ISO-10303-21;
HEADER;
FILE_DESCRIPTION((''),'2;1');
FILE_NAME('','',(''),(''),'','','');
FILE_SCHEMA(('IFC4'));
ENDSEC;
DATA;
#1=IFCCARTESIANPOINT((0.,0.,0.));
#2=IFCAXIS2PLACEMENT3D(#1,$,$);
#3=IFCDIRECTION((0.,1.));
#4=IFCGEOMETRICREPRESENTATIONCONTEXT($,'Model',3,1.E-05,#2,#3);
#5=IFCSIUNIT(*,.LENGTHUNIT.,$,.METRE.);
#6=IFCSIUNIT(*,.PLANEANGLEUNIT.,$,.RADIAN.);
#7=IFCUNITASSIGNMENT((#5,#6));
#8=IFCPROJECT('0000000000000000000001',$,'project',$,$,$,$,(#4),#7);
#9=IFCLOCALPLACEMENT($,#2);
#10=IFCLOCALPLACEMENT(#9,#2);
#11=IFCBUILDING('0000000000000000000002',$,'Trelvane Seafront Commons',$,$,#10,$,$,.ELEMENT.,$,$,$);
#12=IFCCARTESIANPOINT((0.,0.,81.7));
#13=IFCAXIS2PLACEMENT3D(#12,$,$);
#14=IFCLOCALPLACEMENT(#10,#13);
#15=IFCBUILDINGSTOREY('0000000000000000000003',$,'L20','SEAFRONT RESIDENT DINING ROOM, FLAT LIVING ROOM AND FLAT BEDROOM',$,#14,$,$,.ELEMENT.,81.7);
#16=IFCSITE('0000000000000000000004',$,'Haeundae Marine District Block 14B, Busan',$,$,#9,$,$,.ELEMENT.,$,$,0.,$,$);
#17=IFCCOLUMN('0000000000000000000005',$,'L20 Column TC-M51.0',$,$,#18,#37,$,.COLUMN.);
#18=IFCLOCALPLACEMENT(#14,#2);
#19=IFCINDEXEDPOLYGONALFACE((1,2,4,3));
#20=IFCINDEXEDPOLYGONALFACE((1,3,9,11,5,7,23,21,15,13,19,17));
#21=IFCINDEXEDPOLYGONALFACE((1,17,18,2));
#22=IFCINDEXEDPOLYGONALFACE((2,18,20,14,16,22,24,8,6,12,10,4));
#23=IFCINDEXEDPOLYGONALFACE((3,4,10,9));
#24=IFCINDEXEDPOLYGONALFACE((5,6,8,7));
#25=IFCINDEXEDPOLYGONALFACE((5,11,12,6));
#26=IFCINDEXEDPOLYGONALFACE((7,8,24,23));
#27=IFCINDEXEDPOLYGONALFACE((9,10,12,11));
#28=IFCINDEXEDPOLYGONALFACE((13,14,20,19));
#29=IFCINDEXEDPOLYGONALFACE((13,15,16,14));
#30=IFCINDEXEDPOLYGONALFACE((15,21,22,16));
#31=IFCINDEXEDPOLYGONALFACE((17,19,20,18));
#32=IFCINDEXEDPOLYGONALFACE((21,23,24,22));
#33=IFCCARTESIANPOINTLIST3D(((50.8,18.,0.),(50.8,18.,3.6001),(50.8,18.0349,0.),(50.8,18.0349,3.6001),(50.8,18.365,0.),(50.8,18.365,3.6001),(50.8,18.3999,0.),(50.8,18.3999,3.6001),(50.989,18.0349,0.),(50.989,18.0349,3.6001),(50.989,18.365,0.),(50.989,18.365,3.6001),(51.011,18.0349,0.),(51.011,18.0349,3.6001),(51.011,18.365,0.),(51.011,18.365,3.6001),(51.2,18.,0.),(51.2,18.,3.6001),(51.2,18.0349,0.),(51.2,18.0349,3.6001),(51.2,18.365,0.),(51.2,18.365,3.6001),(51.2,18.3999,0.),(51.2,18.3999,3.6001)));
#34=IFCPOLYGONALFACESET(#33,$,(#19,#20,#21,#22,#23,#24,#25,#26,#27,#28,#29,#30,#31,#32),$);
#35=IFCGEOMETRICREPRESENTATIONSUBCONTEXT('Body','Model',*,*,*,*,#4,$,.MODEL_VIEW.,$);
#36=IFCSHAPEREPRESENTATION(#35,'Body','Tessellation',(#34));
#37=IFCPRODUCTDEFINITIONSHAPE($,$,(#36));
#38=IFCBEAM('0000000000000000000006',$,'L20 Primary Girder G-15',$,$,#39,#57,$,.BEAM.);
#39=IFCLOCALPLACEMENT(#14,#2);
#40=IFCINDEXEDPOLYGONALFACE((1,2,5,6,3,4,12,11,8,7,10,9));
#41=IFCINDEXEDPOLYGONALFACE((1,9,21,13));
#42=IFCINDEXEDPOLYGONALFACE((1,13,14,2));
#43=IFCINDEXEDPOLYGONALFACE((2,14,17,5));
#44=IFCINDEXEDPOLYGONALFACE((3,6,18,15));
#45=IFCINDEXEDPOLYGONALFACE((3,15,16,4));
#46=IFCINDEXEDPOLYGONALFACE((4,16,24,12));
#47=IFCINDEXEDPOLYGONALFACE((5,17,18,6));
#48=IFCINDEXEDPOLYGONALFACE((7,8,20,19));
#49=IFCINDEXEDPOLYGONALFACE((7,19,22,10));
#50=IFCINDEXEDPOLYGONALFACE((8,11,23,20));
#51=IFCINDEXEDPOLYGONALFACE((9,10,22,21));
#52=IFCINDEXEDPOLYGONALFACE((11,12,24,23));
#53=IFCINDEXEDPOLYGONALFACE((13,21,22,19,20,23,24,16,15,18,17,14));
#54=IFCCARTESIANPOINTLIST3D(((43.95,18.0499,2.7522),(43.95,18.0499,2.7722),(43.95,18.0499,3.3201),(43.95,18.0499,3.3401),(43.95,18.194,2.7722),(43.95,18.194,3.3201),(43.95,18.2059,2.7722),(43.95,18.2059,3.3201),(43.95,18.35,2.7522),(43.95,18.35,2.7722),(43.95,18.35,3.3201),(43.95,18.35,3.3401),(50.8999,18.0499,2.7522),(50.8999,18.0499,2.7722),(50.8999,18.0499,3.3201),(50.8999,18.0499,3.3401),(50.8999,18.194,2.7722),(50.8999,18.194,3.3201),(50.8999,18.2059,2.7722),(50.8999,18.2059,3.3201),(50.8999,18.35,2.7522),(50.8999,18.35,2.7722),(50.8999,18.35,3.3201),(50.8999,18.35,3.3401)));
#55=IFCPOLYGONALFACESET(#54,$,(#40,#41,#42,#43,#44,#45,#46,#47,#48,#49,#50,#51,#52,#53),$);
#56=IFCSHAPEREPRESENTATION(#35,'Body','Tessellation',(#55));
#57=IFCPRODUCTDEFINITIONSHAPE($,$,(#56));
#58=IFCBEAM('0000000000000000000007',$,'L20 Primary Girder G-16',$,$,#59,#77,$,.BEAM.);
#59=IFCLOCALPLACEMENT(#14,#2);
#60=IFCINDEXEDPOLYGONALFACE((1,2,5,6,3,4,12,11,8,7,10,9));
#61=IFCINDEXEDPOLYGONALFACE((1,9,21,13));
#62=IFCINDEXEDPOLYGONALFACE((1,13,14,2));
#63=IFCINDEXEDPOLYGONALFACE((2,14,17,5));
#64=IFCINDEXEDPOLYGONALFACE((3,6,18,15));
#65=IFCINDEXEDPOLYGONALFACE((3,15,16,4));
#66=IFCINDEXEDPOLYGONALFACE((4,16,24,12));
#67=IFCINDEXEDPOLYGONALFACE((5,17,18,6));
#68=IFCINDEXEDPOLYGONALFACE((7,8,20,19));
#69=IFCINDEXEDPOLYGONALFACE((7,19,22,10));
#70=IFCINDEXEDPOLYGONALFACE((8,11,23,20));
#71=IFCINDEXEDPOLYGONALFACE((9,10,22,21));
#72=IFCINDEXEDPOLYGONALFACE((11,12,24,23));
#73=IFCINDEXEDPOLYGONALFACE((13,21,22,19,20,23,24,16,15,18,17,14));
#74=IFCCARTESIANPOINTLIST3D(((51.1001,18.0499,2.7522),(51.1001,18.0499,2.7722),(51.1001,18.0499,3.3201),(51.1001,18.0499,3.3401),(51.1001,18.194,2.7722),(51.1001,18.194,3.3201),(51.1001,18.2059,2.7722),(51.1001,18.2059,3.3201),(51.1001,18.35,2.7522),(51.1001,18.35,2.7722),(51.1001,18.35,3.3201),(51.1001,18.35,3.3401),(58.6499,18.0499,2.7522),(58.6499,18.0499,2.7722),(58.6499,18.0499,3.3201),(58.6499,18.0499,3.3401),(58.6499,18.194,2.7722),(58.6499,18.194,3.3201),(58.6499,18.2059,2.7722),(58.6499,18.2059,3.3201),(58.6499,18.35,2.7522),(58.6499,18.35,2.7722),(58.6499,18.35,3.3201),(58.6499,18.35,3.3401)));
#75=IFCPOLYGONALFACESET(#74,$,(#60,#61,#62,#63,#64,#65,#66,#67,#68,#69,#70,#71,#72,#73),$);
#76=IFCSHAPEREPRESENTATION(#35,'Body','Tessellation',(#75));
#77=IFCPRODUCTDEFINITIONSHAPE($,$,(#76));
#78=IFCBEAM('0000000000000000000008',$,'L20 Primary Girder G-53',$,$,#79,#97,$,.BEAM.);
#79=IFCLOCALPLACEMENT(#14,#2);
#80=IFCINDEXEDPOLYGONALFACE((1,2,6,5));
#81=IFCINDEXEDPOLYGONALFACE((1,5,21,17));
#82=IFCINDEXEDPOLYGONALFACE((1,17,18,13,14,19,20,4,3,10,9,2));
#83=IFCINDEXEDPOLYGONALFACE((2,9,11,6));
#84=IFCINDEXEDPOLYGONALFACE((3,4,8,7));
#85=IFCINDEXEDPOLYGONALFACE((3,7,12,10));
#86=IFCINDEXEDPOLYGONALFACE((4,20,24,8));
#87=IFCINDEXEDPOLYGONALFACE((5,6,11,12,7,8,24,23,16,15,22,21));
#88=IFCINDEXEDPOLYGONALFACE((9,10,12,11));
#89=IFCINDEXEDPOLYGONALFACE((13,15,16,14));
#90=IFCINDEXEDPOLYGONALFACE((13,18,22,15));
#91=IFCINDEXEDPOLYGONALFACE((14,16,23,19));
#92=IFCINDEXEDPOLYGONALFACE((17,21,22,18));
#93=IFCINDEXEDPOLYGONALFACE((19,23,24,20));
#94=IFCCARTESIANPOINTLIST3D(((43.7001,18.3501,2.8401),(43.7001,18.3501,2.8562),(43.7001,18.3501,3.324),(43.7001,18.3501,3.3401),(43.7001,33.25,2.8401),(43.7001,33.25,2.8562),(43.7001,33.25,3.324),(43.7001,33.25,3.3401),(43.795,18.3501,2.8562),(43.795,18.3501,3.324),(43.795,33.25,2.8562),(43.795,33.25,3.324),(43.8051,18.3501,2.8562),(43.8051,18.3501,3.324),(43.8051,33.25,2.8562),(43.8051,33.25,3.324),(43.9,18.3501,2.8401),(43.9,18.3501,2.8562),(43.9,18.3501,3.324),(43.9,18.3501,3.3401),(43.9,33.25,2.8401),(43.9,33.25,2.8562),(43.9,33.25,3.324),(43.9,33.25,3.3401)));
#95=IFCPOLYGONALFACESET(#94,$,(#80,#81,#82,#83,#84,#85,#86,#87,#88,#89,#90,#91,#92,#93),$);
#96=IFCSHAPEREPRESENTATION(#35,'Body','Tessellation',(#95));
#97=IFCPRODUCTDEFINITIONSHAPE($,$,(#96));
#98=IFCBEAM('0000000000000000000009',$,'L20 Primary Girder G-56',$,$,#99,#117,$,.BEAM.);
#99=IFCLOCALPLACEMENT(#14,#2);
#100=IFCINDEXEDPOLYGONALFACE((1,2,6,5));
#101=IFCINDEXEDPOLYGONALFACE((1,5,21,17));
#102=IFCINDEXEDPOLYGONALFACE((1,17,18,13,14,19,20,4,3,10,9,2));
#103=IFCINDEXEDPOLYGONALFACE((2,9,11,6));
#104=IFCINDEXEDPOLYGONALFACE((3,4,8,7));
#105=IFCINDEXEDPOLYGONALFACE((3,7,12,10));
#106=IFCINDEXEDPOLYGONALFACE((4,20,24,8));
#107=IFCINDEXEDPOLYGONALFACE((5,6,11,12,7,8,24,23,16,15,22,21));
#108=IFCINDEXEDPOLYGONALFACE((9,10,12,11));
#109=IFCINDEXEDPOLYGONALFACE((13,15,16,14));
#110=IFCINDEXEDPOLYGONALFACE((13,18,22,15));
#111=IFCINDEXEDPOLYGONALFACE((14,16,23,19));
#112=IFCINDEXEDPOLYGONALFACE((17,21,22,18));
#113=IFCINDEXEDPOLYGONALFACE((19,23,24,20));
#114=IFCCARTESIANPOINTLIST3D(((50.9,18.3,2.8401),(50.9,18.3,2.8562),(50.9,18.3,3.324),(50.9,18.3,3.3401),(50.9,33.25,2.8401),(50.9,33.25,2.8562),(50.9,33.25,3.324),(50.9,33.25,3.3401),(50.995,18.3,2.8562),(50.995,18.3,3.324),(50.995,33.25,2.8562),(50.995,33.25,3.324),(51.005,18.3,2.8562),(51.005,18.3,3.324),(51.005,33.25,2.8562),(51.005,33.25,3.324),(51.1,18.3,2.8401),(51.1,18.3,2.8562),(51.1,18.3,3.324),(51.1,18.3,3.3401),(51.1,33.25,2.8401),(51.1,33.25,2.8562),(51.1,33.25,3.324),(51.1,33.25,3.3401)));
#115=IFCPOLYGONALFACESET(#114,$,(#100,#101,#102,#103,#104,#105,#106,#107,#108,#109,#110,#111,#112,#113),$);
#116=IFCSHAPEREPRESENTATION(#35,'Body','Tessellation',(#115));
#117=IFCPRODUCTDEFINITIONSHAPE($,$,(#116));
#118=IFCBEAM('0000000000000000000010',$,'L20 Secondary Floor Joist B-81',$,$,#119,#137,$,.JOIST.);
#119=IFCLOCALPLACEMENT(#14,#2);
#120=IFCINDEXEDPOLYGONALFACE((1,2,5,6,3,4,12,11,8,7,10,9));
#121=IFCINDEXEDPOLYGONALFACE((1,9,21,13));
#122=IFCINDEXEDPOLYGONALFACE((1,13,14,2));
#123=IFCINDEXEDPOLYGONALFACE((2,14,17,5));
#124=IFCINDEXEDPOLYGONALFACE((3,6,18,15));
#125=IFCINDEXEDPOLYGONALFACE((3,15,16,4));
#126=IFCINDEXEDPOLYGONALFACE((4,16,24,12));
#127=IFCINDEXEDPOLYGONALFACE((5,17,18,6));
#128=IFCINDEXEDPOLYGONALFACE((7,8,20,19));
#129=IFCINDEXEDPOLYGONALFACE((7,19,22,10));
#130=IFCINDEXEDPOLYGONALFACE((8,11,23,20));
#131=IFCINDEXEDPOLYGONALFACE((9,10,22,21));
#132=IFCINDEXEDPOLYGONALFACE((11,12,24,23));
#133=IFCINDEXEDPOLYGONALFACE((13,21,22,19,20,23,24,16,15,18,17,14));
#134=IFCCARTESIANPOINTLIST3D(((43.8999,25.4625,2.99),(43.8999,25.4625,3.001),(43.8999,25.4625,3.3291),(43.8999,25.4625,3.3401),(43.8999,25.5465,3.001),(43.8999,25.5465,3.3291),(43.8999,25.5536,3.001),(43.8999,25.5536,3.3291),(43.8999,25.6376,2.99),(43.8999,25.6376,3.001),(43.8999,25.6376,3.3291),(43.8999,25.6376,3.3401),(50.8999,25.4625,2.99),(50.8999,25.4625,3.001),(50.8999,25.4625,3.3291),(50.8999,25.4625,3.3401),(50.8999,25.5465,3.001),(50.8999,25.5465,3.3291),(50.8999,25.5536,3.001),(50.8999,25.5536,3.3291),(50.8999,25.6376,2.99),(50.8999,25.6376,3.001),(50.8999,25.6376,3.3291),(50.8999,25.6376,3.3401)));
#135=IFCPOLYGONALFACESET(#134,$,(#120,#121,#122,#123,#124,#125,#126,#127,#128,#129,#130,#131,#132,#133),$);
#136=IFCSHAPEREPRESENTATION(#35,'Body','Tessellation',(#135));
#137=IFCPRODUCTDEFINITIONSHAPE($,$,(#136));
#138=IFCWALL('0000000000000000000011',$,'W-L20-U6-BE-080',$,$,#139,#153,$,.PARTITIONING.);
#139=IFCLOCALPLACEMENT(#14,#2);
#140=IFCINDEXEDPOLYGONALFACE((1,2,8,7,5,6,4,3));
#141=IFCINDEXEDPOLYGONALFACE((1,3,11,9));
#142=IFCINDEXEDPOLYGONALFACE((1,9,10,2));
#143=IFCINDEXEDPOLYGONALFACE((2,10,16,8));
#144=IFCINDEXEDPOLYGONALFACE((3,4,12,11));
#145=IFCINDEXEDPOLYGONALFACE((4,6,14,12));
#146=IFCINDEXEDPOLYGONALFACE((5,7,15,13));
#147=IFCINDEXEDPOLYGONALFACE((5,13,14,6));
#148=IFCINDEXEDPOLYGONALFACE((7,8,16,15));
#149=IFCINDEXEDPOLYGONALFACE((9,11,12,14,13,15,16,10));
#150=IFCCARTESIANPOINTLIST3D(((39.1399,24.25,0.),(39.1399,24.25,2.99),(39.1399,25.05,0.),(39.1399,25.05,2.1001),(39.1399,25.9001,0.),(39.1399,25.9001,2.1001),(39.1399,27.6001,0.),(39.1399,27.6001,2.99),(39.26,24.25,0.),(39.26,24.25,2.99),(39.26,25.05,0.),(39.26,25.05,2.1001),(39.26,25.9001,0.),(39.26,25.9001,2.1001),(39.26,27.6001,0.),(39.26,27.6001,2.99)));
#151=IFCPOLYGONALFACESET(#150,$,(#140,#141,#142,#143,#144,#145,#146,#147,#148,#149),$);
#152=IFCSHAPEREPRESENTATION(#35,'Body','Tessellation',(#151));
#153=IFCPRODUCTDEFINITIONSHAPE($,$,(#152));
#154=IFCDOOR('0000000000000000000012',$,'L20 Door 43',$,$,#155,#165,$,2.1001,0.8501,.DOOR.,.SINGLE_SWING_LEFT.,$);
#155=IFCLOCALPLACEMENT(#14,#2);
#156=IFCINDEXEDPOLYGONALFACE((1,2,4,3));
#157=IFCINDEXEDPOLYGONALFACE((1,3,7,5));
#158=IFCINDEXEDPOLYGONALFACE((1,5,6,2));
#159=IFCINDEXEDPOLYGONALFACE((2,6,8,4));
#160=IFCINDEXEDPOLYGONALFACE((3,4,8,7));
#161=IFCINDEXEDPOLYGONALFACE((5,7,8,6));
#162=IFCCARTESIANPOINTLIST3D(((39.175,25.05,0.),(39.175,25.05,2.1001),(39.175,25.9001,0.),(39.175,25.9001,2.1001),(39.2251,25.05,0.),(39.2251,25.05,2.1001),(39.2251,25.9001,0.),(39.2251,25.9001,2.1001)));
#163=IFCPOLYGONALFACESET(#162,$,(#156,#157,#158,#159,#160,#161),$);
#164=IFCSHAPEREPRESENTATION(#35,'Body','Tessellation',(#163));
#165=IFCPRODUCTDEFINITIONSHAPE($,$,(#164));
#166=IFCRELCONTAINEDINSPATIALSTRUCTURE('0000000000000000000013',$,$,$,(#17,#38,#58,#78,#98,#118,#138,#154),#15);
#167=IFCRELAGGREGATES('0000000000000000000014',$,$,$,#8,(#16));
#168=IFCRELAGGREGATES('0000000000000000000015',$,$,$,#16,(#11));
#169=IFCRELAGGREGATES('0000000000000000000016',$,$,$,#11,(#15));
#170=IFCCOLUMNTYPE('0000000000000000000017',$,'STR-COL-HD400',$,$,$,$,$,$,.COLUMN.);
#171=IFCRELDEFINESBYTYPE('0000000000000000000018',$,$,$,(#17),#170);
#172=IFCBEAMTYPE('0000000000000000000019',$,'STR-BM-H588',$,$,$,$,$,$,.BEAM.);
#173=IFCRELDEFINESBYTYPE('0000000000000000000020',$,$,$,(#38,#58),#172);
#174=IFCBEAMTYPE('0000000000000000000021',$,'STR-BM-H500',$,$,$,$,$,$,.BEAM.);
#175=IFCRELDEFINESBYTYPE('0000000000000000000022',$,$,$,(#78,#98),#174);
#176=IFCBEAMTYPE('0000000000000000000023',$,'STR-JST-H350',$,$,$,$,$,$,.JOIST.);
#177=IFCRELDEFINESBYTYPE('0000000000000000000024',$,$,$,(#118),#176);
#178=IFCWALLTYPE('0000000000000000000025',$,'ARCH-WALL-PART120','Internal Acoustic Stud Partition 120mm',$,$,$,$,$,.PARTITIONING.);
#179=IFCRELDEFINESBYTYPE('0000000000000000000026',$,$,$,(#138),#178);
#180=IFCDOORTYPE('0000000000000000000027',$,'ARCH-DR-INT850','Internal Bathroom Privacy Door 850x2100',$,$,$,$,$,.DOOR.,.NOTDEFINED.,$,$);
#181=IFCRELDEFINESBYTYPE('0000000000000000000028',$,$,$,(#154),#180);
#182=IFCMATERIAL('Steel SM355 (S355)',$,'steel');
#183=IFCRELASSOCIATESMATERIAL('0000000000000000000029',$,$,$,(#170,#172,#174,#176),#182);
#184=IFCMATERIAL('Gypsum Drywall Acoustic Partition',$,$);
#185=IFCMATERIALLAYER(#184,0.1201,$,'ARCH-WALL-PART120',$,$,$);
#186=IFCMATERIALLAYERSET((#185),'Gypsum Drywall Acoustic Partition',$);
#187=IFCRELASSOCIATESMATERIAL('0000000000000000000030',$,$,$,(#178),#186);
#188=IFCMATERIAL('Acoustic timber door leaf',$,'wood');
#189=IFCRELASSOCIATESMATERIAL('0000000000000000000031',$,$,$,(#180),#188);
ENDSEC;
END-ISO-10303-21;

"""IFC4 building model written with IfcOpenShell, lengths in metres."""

from ifc_helpers import new_model, si_unit, direction, frame, frame_2d, origin, origin_2d, place, context, subcontext, project, spatial, rectangle, i_section, extrude, source, transform, mapped, material, layer, layer_set, material_profile, profile_set, type_object, element, fill, save


model = new_model("IFC4")

# Units and contexts
model_context = context("Model", 3, precision=1e-05, world=origin(), true_north=direction((0.0, 1.0)))
body_context = subcontext(model_context, "Body", "Model", "MODEL_VIEW")
ifc_project = project(units=[si_unit("LENGTHUNIT", "METRE"), si_unit("PLANEANGLEUNIT", "RADIAN")], contexts=[model_context])

# Site, building, storey
site_placement = place(None, origin())
site = spatial("IfcSite", under=ifc_project, at=site_placement, Name="Haeundae Marine District Block 14B, Busan", CompositionType="ELEMENT", RefElevation=0.0)
building_placement = place(site_placement, origin())
building = spatial("IfcBuilding", under=site, at=building_placement, Name="Trelvane Seafront Commons", CompositionType="ELEMENT")
storey_placement = place(building_placement, frame((0.0, 0.0, 81.7)))
storey = spatial("IfcBuildingStorey", under=building, at=storey_placement, Name="L20", Description="SEAFRONT RESIDENT DINING ROOM, FLAT LIVING ROOM AND FLAT BEDROOM", CompositionType="ELEMENT", Elevation=81.7)

# Column
ifc_material_1 = material(Name="Steel SM355 (S355)", Category="steel")
ifc_material_profile_1 = material_profile(ifc_material_1, i_section(OverallWidth=0.3999, OverallDepth=0.3999, WebThickness=0.022, FlangeThickness=0.0349, at=origin_2d()), Name="HD-400x400x22x35")
ifc_profile_set_1 = profile_set([ifc_material_profile_1], Name="Steel SM355 (S355)")
column_type = type_object("IfcColumnType", Name="STR-COL-HD400", PredefinedType="COLUMN", material=ifc_profile_set_1)
shared_shape_1 = source(origin(), body_context, "Body", "SweptSolid", [
    extrude(i_section(OverallWidth=0.3999, OverallDepth=0.3999, WebThickness=0.022, FlangeThickness=0.0349, at=origin_2d()), origin(), (0.0, 0.0, 1.0), 3.6001),
])
column_placement = place(storey_placement, frame((51.0, 18.2, 0.0), z_axis=(0.0, 0.0, 1.0), x_axis=(1.0, 0.0, 0.0)))
element("IfcColumn", 1, at=column_placement, inside=storey, type_object=column_type, Name="L20 Column TC-M51.0", PredefinedType="COLUMN", context=body_context, shape_type="MappedRepresentation", body=[
    mapped(shared_shape_1, transform((0.0, 0.0, 0.0), x_axis=(1.0, 0.0, 0.0), y_axis=(0.0, 1.0, 0.0), z_axis=(0.0, 0.0, 1.0), scale=1.0)),
])

# Beams
ifc_material_profile_2 = material_profile(ifc_material_1, i_section(OverallWidth=0.3, OverallDepth=0.5879, WebThickness=0.012, FlangeThickness=0.02, at=origin_2d()), Name="H-588x300x12x20")
ifc_profile_set_2 = profile_set([ifc_material_profile_2], Name="Steel SM355 (S355)")
beam_type_1 = type_object("IfcBeamType", Name="STR-BM-H588", PredefinedType="BEAM", material=ifc_profile_set_2)
shared_shape_2 = source(origin(), body_context, "Body", "SweptSolid", [
    extrude(i_section(OverallWidth=0.3, OverallDepth=0.5879, WebThickness=0.012, FlangeThickness=0.02, at=origin_2d()), origin(), (0.0, 0.0, 1.0), 6.95),
])
beam_1_placement = place(storey_placement, frame((43.95, 18.2, 3.0461), z_axis=(1.0, 0.0, 0.0), x_axis=(0.0, 1.0, 0.0)))
element("IfcBeam", 2, at=beam_1_placement, inside=storey, type_object=beam_type_1, Name="L20 Primary Girder G-15", PredefinedType="BEAM", context=body_context, shape_type="MappedRepresentation", body=[
    mapped(shared_shape_2, transform((0.0, 0.0, 0.0), x_axis=(1.0, 0.0, 0.0), y_axis=(0.0, 1.0, 0.0), z_axis=(0.0, 0.0, 1.0), scale=1.0)),
])
shared_shape_3 = source(origin(), body_context, "Body", "SweptSolid", [
    extrude(i_section(OverallWidth=0.3, OverallDepth=0.5879, WebThickness=0.012, FlangeThickness=0.02, at=origin_2d()), origin(), (0.0, 0.0, 1.0), 7.5498),
])
beam_2_placement = place(storey_placement, frame((51.1001, 18.2, 3.0461), z_axis=(1.0, 0.0, 0.0), x_axis=(0.0, 1.0, 0.0)))
element("IfcBeam", 3, at=beam_2_placement, inside=storey, type_object=beam_type_1, Name="L20 Primary Girder G-16", PredefinedType="BEAM", context=body_context, shape_type="MappedRepresentation", body=[
    mapped(shared_shape_3, transform((0.0, 0.0, 0.0), x_axis=(1.0, 0.0, 0.0), y_axis=(0.0, 1.0, 0.0), z_axis=(0.0, 0.0, 1.0), scale=1.0)),
])
ifc_material_profile_3 = material_profile(ifc_material_1, i_section(OverallWidth=0.2, OverallDepth=0.5, WebThickness=0.01, FlangeThickness=0.0161, at=origin_2d()), Name="H-500x200x10x16")
ifc_profile_set_3 = profile_set([ifc_material_profile_3], Name="Steel SM355 (S355)")
beam_type_2 = type_object("IfcBeamType", Name="STR-BM-H500", PredefinedType="BEAM", material=ifc_profile_set_3)
shared_shape_4 = source(origin(), body_context, "Body", "SweptSolid", [
    extrude(i_section(OverallWidth=0.2, OverallDepth=0.5, WebThickness=0.01, FlangeThickness=0.0161, at=origin_2d()), origin(), (0.0, 0.0, 1.0), 14.8999),
])
beam_3_placement = place(storey_placement, frame((43.8, 18.3501, 3.0901), z_axis=(0.0, 1.0, 0.0), x_axis=(-1.0, 0.0, 0.0)))
element("IfcBeam", 4, at=beam_3_placement, inside=storey, type_object=beam_type_2, Name="L20 Primary Girder G-53", PredefinedType="BEAM", context=body_context, shape_type="MappedRepresentation", body=[
    mapped(shared_shape_4, transform((0.0, 0.0, 0.0), x_axis=(1.0, 0.0, 0.0), y_axis=(0.0, 1.0, 0.0), z_axis=(0.0, 0.0, 1.0), scale=1.0)),
])
shared_shape_5 = source(origin(), body_context, "Body", "SweptSolid", [
    extrude(i_section(OverallWidth=0.2, OverallDepth=0.5, WebThickness=0.01, FlangeThickness=0.0161, at=origin_2d()), origin(), (0.0, 0.0, 1.0), 14.95),
])
beam_4_placement = place(storey_placement, frame((51.0, 18.3, 3.0901), z_axis=(0.0, 1.0, 0.0), x_axis=(-1.0, 0.0, 0.0)))
element("IfcBeam", 5, at=beam_4_placement, inside=storey, type_object=beam_type_2, Name="L20 Primary Girder G-56", PredefinedType="BEAM", context=body_context, shape_type="MappedRepresentation", body=[
    mapped(shared_shape_5, transform((0.0, 0.0, 0.0), x_axis=(1.0, 0.0, 0.0), y_axis=(0.0, 1.0, 0.0), z_axis=(0.0, 0.0, 1.0), scale=1.0)),
])
ifc_material_profile_4 = material_profile(ifc_material_1, i_section(OverallWidth=0.175, OverallDepth=0.3501, WebThickness=0.0071, FlangeThickness=0.011, at=origin_2d()), Name="H-350x175x7x11")
ifc_profile_set_4 = profile_set([ifc_material_profile_4], Name="Steel SM355 (S355)")
beam_type_3 = type_object("IfcBeamType", Name="STR-JST-H350", PredefinedType="JOIST", material=ifc_profile_set_4)
shared_shape_6 = source(origin(), body_context, "Body", "SweptSolid", [
    extrude(i_section(OverallWidth=0.175, OverallDepth=0.3501, WebThickness=0.0071, FlangeThickness=0.011, at=origin_2d()), origin(), (0.0, 0.0, 1.0), 7.0),
])
beam_5_placement = place(storey_placement, frame((43.8999, 25.55, 3.165), z_axis=(1.0, 0.0, 0.0), x_axis=(0.0, 1.0, 0.0)))
element("IfcBeam", 6, at=beam_5_placement, inside=storey, type_object=beam_type_3, Name="L20 Secondary Floor Joist B-81", PredefinedType="JOIST", context=body_context, shape_type="MappedRepresentation", body=[
    mapped(shared_shape_6, transform((0.0, 0.0, 0.0), x_axis=(1.0, 0.0, 0.0), y_axis=(0.0, 1.0, 0.0), z_axis=(0.0, 0.0, 1.0), scale=1.0)),
])

# Wall, opening, door
ifc_material_2 = material(Name="Gypsum Drywall Acoustic Partition")
ifc_layer = layer(ifc_material_2, 0.1201, Name="ARCH-WALL-PART120")
ifc_layer_set = layer_set([ifc_layer], Name="Gypsum Drywall Acoustic Partition")
wall_type = type_object("IfcWallType", Name="ARCH-WALL-PART120", Description="Internal Acoustic Stud Partition 120mm", PredefinedType="PARTITIONING", material=ifc_layer_set)
wall_1_placement = place(storey_placement, frame((39.2, 24.25, 0.0), z_axis=(0.0, 0.0, 1.0), x_axis=(0.0, 1.0, 0.0)))
wall_1 = element("IfcWall", 7, at=wall_1_placement, inside=storey, type_object=wall_type, Name="W-L20-U6-BE-080", PredefinedType="PARTITIONING", context=body_context, shape_type="SweptSolid", body=[
    extrude(rectangle(XDim=3.3501, YDim=0.1201, at=frame_2d((1.675, 0.0))), origin(), (0.0, 0.0, 1.0), 2.99),
])
opening_1_placement = place(wall_1_placement, frame((0.8, 0.0, 0.0)))
opening_1 = element("IfcOpeningElement", 8, at=opening_1_placement, cuts=wall_1, PredefinedType="OPENING", context=body_context, shape_type="SweptSolid", body=[
    extrude(rectangle(XDim=0.8501, YDim=2.1001, at=frame_2d((0.425, 1.05))), frame((0.0, 0.0701, 0.0), z_axis=(0.0, -1.0, 0.0), x_axis=(1.0, 0.0, 0.0)), (0.0, 0.0, 1.0), 0.1401),
])
ifc_material_3 = material(Name="Acoustic timber door leaf", Category="wood")
door_type_1 = type_object("IfcDoorType", Name="ARCH-DR-INT850", Description="Internal Bathroom Privacy Door 850x2100", OperationType="NOTDEFINED", PredefinedType="DOOR", material=ifc_material_3)
shared_shape_7 = source(origin(), body_context, "Body", "SweptSolid", [
    extrude(rectangle(XDim=0.8501, YDim=2.1001, at=frame_2d((0.425, 1.05))), frame((0.0, 0.0249, 0.0), z_axis=(0.0, -1.0, 0.0), x_axis=(1.0, 0.0, 0.0)), (0.0, 0.0, 1.0), 0.05),
])
door_1_placement = place(opening_1_placement, origin())
door_1 = element("IfcDoor", 9, at=door_1_placement, inside=storey, type_object=door_type_1, Name="L20 Door 43", OperationType="SINGLE_SWING_LEFT", OverallHeight=2.1001, OverallWidth=0.8501, PredefinedType="DOOR", context=body_context, shape_type="MappedRepresentation", body=[
    mapped(shared_shape_7, transform((0.0, 0.0, 0.0), x_axis=(1.0, 0.0, 0.0), y_axis=(0.0, 1.0, 0.0), z_axis=(0.0, 0.0, 1.0), scale=1.0)),
])
fill(opening_1, door_1)

save(model, "model.ifc")
